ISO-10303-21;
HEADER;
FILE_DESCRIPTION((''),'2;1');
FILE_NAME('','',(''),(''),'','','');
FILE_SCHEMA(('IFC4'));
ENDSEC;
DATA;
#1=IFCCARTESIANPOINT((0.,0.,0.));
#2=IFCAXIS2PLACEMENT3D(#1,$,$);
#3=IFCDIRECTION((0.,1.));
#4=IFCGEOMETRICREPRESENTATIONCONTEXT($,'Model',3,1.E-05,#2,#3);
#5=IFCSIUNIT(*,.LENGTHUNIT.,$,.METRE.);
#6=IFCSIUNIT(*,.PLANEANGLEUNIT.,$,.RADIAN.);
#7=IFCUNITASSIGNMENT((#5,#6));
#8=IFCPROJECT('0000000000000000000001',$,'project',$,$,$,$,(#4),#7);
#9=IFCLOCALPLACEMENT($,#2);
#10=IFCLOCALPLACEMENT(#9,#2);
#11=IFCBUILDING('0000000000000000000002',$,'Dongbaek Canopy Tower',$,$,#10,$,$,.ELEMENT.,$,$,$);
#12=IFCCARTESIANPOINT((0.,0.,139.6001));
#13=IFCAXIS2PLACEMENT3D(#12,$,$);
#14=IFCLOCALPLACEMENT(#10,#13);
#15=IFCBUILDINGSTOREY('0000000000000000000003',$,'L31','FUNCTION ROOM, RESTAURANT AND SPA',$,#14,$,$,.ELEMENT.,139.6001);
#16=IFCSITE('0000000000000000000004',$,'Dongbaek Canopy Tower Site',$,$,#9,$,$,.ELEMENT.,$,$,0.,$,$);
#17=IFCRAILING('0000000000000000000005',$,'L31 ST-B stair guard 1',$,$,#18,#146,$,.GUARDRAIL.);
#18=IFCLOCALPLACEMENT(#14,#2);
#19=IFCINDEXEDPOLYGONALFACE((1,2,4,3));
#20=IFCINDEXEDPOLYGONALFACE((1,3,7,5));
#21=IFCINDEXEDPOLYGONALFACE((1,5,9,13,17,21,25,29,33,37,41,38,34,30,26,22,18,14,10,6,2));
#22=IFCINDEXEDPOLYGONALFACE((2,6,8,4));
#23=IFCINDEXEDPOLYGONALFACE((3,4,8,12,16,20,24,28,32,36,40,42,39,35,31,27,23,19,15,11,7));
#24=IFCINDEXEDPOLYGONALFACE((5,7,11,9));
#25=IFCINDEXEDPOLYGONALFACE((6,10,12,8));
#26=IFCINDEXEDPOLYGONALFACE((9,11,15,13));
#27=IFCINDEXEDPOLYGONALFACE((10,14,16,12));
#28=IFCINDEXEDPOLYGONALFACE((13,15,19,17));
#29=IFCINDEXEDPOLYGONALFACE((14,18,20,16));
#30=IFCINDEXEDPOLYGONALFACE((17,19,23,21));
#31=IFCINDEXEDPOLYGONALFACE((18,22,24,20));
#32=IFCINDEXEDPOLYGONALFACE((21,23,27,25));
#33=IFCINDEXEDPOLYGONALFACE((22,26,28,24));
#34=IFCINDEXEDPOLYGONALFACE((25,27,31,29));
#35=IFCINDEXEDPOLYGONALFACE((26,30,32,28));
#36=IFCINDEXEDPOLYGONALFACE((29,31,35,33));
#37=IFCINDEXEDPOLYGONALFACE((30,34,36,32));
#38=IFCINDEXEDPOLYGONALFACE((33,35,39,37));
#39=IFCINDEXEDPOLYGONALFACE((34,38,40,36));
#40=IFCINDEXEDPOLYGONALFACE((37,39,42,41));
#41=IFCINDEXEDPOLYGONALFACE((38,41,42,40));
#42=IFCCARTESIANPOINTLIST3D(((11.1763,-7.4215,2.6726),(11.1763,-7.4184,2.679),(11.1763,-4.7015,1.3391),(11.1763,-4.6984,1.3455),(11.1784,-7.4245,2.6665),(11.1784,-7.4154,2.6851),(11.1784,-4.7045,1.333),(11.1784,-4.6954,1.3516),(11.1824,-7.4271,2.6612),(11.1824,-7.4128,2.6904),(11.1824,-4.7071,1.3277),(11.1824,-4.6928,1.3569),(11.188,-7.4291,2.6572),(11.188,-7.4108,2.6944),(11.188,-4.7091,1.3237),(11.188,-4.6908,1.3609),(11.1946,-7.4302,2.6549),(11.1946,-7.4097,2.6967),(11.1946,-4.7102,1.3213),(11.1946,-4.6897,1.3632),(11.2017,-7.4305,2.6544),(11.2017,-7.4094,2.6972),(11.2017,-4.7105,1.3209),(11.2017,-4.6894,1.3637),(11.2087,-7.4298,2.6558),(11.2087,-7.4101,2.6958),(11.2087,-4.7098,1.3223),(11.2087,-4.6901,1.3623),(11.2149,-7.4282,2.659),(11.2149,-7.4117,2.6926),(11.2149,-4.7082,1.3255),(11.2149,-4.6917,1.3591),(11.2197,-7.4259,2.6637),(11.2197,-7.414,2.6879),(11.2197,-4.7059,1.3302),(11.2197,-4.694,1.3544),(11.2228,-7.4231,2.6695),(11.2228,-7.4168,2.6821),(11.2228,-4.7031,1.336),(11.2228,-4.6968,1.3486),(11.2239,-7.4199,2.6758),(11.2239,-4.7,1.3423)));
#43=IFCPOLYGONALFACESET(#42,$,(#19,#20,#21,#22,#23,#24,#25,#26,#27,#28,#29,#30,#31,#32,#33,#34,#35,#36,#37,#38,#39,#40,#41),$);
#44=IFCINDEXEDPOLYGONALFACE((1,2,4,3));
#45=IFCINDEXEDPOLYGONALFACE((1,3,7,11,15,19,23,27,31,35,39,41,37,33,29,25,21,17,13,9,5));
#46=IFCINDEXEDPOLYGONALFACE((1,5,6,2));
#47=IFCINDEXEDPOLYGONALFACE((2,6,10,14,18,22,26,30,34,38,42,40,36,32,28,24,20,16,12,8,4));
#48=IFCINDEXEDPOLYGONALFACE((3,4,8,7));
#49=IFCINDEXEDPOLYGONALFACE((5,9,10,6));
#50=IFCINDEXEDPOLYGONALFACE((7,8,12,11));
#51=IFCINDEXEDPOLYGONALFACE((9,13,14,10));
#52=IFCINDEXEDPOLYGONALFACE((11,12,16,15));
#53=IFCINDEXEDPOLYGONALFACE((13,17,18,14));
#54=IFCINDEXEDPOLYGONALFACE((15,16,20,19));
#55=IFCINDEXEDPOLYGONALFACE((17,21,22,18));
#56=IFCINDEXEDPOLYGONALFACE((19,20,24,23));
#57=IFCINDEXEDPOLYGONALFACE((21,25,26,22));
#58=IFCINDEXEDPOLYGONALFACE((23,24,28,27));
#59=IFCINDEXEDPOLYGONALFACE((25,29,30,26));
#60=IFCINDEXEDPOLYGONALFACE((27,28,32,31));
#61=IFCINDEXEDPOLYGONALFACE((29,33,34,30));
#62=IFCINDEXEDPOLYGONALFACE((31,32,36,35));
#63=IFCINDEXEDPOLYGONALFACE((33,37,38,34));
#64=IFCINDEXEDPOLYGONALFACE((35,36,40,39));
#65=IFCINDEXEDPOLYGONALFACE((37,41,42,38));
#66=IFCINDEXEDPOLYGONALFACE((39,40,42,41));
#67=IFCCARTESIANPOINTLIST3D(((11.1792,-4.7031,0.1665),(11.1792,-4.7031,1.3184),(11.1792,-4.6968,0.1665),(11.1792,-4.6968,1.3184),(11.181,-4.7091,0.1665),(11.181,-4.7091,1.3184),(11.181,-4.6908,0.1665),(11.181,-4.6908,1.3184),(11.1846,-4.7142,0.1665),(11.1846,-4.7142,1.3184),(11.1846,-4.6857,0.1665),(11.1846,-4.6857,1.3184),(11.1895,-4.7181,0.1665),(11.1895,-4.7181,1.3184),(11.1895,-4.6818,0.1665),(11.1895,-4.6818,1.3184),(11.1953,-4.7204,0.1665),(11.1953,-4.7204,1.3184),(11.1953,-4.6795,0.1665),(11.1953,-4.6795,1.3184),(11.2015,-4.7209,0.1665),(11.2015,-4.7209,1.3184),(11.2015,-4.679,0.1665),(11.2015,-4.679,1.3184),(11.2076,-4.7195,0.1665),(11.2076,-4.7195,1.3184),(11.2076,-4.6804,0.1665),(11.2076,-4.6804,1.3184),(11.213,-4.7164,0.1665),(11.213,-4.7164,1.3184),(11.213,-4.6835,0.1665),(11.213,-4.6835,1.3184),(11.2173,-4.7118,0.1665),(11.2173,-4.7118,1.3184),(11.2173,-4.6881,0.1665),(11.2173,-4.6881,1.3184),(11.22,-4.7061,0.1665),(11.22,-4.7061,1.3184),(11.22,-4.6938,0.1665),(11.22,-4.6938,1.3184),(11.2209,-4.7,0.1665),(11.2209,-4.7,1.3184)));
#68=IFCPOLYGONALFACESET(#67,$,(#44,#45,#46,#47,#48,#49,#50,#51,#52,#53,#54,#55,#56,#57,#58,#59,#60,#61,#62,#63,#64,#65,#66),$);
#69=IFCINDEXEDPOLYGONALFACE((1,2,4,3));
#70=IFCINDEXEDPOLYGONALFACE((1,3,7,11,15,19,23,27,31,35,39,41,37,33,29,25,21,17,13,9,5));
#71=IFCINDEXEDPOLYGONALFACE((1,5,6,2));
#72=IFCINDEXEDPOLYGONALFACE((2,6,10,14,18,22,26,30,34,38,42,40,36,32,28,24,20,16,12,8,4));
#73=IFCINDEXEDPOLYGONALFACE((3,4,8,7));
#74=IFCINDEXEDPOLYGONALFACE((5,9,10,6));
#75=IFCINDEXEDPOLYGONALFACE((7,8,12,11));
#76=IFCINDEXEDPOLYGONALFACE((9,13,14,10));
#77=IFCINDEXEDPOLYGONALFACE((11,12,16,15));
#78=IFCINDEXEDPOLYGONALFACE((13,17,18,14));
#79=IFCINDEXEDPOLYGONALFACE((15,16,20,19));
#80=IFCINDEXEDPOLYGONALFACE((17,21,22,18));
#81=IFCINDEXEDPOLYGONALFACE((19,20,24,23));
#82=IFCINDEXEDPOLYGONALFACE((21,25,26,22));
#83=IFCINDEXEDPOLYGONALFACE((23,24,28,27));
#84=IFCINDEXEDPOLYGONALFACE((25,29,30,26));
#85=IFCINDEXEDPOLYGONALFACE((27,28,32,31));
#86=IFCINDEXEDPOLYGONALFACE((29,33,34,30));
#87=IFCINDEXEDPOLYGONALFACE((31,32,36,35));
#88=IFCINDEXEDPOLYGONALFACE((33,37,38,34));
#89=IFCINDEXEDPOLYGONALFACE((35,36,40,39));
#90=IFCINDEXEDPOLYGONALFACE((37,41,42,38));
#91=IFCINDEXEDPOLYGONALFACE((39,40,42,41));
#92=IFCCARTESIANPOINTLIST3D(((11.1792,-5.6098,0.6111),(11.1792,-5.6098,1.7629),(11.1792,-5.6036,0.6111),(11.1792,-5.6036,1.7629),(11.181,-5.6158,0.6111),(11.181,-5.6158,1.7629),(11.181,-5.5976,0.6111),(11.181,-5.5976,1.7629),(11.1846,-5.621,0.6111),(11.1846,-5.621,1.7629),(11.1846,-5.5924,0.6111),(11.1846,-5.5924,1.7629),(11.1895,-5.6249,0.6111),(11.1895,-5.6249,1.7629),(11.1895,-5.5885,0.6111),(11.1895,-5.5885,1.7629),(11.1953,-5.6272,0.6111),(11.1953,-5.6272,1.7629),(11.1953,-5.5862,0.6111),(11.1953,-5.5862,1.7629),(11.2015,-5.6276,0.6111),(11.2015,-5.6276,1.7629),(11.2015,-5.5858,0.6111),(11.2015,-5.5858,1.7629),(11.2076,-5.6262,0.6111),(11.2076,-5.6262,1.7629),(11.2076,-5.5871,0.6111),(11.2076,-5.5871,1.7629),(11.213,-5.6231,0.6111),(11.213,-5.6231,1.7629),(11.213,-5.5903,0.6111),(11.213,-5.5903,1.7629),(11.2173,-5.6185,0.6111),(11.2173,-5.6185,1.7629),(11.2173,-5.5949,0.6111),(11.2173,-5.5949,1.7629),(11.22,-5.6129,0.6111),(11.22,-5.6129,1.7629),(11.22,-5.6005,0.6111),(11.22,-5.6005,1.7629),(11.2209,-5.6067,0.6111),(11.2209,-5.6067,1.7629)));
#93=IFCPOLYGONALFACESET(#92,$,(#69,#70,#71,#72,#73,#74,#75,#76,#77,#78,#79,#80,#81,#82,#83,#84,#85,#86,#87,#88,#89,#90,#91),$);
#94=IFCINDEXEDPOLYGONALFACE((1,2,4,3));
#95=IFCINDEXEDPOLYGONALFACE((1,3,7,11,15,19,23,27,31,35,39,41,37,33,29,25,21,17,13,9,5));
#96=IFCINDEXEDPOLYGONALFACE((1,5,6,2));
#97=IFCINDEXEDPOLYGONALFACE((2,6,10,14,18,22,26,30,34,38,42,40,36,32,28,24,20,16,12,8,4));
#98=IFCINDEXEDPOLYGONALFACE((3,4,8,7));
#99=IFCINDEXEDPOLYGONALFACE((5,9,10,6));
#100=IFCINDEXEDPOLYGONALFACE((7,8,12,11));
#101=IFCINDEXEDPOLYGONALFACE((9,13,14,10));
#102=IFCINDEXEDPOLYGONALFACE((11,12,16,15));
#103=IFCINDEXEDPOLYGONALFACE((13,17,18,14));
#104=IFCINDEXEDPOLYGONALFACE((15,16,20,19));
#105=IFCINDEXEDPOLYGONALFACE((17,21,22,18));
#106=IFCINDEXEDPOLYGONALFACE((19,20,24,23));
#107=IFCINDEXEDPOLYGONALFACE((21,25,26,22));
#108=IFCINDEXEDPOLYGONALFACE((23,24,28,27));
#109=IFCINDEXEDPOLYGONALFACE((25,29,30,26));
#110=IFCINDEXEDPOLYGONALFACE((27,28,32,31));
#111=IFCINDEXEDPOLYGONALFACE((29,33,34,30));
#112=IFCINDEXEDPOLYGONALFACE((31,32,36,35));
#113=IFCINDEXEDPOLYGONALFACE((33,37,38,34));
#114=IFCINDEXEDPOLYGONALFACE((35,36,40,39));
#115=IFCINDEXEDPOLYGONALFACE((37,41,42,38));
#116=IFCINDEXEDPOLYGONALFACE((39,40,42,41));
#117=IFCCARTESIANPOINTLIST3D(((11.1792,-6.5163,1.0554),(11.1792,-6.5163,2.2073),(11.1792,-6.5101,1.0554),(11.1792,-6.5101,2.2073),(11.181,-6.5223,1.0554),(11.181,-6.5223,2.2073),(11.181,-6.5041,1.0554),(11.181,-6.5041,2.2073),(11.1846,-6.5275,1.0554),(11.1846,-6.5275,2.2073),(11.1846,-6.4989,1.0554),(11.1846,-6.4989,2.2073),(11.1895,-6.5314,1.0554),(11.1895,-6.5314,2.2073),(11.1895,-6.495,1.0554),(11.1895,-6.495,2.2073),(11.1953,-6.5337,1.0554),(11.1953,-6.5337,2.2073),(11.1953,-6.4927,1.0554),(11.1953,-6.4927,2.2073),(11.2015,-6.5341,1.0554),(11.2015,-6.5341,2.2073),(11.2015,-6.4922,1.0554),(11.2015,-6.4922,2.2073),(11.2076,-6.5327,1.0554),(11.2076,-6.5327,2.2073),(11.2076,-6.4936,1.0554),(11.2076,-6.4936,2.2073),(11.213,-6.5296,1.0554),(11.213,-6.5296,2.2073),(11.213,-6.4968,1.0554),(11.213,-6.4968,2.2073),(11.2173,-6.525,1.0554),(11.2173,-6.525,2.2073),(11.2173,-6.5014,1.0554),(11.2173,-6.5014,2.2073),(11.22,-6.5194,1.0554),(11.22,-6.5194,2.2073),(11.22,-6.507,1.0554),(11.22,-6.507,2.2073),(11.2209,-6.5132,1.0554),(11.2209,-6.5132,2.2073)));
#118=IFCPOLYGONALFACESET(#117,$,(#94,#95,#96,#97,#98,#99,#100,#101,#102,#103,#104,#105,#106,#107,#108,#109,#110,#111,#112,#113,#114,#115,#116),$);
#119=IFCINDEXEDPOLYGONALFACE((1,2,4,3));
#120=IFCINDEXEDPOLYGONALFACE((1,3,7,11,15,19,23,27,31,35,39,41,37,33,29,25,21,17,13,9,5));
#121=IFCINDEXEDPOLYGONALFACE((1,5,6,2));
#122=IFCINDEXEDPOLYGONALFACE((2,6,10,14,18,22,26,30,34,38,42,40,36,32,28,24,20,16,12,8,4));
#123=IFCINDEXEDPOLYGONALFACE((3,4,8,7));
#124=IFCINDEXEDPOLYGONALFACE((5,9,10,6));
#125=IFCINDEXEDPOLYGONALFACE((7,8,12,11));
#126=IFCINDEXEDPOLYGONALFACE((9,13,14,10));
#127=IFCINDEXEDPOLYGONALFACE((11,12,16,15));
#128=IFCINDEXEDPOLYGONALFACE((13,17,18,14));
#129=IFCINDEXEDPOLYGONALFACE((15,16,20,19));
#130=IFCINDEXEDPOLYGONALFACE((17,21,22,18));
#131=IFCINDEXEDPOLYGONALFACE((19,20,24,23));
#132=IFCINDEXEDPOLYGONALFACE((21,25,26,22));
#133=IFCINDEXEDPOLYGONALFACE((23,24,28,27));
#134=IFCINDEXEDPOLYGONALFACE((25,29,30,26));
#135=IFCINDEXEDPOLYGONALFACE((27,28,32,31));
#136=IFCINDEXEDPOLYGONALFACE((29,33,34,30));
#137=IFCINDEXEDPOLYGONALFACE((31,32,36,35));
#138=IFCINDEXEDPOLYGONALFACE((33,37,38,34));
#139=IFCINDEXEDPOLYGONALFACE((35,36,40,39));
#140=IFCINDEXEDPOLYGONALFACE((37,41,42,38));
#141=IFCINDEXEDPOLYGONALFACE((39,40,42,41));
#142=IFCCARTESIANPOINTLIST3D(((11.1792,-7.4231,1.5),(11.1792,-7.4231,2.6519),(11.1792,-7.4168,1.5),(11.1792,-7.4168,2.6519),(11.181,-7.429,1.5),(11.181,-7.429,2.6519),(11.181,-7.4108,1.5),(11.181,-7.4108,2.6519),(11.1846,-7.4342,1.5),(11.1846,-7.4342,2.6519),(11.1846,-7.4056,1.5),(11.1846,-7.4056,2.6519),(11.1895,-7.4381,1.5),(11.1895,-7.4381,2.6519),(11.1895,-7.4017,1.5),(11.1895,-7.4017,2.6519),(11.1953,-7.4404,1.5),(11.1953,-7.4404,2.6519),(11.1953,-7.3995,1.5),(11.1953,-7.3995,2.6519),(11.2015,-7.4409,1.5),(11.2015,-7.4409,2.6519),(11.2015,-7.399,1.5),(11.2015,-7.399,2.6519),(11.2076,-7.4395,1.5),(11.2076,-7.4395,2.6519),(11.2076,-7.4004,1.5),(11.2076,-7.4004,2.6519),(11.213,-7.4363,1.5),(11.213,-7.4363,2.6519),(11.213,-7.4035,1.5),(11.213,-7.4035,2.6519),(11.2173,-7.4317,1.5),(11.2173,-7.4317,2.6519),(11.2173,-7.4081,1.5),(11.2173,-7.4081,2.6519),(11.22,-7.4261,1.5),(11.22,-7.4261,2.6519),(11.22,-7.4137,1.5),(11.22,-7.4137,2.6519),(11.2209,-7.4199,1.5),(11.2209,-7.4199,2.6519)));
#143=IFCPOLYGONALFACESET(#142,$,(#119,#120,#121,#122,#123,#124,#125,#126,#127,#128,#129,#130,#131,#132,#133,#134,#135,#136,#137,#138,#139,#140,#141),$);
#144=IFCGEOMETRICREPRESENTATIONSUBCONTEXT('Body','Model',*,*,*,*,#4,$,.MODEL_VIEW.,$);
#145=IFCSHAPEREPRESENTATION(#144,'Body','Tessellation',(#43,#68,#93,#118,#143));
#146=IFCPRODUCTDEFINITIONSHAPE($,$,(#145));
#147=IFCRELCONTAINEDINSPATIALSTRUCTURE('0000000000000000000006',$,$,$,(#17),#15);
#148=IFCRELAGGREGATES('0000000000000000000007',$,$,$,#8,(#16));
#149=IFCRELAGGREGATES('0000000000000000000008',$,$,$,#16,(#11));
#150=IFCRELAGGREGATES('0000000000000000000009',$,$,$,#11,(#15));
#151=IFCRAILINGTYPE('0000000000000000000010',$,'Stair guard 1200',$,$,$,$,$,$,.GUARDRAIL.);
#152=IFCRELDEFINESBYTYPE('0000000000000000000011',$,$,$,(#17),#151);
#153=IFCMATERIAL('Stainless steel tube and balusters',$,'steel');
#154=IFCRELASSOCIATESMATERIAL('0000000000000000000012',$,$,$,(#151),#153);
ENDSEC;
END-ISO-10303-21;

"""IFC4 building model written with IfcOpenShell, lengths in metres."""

from ifc_helpers import new_model, si_unit, direction, frame, origin, origin_2d, place, context, subcontext, project, spatial, circle, extrude, material, type_object, element, save


model = new_model("IFC4")

# Units and contexts
model_context = context("Model", 3, precision=1e-05, world=origin(), true_north=direction((0.0, 1.0)))
body_context = subcontext(model_context, "Body", "Model", "MODEL_VIEW")
ifc_project = project(units=[si_unit("LENGTHUNIT", "METRE"), si_unit("PLANEANGLEUNIT", "RADIAN")], contexts=[model_context])

# Site, building, storey
site_placement = place(None, origin())
site = spatial("IfcSite", under=ifc_project, at=site_placement, Name="Dongbaek Canopy Tower Site", CompositionType="ELEMENT", RefElevation=0.0)
building_placement = place(site_placement, origin())
building = spatial("IfcBuilding", under=site, at=building_placement, Name="Dongbaek Canopy Tower", CompositionType="ELEMENT")
storey_placement = place(building_placement, frame((0.0, 0.0, 139.6001)))
storey = spatial("IfcBuildingStorey", under=building, at=storey_placement, Name="L31", Description="FUNCTION ROOM, RESTAURANT AND SPA", CompositionType="ELEMENT", Elevation=139.6001)

# Railing
ifc_material_1 = material(Name="Stainless steel tube and balusters", Category="steel")
railing_type_1 = type_object("IfcRailingType", Name="Stair guard 1200", PredefinedType="GUARDRAIL", material=ifc_material_1)
railing_1_placement = place(storey_placement, frame((11.2, -4.7, 0.1665)))
element("IfcRailing", 1, at=railing_1_placement, inside=storey, type_object=railing_type_1, Name="L31 ST-B stair guard 1", PredefinedType="GUARDRAIL", context=body_context, shape_type="SweptSolid", body=[
    extrude(circle(Radius=0.0239, at=origin_2d()), frame((0.0, 0.0, 1.1758), z_axis=(0.0, -0.897898, 0.440204), x_axis=(1.0, 0.0, 0.0)), (0.0, 0.0, 1.0), 3.0293),
    extrude(circle(Radius=0.021, at=origin_2d()), origin(), (0.0, 0.0, 1.0), 1.1519),
    extrude(circle(Radius=0.021, at=origin_2d()), frame((0.0, -0.9067, 0.4446)), (0.0, 0.0, 1.0), 1.1519),
    extrude(circle(Radius=0.021, at=origin_2d()), frame((0.0, -1.8132, 0.8889)), (0.0, 0.0, 1.0), 1.1519),
    extrude(circle(Radius=0.021, at=origin_2d()), frame((0.0, -2.72, 1.3335)), (0.0, 0.0, 1.0), 1.1519),
])

save(model, "model.ifc")
